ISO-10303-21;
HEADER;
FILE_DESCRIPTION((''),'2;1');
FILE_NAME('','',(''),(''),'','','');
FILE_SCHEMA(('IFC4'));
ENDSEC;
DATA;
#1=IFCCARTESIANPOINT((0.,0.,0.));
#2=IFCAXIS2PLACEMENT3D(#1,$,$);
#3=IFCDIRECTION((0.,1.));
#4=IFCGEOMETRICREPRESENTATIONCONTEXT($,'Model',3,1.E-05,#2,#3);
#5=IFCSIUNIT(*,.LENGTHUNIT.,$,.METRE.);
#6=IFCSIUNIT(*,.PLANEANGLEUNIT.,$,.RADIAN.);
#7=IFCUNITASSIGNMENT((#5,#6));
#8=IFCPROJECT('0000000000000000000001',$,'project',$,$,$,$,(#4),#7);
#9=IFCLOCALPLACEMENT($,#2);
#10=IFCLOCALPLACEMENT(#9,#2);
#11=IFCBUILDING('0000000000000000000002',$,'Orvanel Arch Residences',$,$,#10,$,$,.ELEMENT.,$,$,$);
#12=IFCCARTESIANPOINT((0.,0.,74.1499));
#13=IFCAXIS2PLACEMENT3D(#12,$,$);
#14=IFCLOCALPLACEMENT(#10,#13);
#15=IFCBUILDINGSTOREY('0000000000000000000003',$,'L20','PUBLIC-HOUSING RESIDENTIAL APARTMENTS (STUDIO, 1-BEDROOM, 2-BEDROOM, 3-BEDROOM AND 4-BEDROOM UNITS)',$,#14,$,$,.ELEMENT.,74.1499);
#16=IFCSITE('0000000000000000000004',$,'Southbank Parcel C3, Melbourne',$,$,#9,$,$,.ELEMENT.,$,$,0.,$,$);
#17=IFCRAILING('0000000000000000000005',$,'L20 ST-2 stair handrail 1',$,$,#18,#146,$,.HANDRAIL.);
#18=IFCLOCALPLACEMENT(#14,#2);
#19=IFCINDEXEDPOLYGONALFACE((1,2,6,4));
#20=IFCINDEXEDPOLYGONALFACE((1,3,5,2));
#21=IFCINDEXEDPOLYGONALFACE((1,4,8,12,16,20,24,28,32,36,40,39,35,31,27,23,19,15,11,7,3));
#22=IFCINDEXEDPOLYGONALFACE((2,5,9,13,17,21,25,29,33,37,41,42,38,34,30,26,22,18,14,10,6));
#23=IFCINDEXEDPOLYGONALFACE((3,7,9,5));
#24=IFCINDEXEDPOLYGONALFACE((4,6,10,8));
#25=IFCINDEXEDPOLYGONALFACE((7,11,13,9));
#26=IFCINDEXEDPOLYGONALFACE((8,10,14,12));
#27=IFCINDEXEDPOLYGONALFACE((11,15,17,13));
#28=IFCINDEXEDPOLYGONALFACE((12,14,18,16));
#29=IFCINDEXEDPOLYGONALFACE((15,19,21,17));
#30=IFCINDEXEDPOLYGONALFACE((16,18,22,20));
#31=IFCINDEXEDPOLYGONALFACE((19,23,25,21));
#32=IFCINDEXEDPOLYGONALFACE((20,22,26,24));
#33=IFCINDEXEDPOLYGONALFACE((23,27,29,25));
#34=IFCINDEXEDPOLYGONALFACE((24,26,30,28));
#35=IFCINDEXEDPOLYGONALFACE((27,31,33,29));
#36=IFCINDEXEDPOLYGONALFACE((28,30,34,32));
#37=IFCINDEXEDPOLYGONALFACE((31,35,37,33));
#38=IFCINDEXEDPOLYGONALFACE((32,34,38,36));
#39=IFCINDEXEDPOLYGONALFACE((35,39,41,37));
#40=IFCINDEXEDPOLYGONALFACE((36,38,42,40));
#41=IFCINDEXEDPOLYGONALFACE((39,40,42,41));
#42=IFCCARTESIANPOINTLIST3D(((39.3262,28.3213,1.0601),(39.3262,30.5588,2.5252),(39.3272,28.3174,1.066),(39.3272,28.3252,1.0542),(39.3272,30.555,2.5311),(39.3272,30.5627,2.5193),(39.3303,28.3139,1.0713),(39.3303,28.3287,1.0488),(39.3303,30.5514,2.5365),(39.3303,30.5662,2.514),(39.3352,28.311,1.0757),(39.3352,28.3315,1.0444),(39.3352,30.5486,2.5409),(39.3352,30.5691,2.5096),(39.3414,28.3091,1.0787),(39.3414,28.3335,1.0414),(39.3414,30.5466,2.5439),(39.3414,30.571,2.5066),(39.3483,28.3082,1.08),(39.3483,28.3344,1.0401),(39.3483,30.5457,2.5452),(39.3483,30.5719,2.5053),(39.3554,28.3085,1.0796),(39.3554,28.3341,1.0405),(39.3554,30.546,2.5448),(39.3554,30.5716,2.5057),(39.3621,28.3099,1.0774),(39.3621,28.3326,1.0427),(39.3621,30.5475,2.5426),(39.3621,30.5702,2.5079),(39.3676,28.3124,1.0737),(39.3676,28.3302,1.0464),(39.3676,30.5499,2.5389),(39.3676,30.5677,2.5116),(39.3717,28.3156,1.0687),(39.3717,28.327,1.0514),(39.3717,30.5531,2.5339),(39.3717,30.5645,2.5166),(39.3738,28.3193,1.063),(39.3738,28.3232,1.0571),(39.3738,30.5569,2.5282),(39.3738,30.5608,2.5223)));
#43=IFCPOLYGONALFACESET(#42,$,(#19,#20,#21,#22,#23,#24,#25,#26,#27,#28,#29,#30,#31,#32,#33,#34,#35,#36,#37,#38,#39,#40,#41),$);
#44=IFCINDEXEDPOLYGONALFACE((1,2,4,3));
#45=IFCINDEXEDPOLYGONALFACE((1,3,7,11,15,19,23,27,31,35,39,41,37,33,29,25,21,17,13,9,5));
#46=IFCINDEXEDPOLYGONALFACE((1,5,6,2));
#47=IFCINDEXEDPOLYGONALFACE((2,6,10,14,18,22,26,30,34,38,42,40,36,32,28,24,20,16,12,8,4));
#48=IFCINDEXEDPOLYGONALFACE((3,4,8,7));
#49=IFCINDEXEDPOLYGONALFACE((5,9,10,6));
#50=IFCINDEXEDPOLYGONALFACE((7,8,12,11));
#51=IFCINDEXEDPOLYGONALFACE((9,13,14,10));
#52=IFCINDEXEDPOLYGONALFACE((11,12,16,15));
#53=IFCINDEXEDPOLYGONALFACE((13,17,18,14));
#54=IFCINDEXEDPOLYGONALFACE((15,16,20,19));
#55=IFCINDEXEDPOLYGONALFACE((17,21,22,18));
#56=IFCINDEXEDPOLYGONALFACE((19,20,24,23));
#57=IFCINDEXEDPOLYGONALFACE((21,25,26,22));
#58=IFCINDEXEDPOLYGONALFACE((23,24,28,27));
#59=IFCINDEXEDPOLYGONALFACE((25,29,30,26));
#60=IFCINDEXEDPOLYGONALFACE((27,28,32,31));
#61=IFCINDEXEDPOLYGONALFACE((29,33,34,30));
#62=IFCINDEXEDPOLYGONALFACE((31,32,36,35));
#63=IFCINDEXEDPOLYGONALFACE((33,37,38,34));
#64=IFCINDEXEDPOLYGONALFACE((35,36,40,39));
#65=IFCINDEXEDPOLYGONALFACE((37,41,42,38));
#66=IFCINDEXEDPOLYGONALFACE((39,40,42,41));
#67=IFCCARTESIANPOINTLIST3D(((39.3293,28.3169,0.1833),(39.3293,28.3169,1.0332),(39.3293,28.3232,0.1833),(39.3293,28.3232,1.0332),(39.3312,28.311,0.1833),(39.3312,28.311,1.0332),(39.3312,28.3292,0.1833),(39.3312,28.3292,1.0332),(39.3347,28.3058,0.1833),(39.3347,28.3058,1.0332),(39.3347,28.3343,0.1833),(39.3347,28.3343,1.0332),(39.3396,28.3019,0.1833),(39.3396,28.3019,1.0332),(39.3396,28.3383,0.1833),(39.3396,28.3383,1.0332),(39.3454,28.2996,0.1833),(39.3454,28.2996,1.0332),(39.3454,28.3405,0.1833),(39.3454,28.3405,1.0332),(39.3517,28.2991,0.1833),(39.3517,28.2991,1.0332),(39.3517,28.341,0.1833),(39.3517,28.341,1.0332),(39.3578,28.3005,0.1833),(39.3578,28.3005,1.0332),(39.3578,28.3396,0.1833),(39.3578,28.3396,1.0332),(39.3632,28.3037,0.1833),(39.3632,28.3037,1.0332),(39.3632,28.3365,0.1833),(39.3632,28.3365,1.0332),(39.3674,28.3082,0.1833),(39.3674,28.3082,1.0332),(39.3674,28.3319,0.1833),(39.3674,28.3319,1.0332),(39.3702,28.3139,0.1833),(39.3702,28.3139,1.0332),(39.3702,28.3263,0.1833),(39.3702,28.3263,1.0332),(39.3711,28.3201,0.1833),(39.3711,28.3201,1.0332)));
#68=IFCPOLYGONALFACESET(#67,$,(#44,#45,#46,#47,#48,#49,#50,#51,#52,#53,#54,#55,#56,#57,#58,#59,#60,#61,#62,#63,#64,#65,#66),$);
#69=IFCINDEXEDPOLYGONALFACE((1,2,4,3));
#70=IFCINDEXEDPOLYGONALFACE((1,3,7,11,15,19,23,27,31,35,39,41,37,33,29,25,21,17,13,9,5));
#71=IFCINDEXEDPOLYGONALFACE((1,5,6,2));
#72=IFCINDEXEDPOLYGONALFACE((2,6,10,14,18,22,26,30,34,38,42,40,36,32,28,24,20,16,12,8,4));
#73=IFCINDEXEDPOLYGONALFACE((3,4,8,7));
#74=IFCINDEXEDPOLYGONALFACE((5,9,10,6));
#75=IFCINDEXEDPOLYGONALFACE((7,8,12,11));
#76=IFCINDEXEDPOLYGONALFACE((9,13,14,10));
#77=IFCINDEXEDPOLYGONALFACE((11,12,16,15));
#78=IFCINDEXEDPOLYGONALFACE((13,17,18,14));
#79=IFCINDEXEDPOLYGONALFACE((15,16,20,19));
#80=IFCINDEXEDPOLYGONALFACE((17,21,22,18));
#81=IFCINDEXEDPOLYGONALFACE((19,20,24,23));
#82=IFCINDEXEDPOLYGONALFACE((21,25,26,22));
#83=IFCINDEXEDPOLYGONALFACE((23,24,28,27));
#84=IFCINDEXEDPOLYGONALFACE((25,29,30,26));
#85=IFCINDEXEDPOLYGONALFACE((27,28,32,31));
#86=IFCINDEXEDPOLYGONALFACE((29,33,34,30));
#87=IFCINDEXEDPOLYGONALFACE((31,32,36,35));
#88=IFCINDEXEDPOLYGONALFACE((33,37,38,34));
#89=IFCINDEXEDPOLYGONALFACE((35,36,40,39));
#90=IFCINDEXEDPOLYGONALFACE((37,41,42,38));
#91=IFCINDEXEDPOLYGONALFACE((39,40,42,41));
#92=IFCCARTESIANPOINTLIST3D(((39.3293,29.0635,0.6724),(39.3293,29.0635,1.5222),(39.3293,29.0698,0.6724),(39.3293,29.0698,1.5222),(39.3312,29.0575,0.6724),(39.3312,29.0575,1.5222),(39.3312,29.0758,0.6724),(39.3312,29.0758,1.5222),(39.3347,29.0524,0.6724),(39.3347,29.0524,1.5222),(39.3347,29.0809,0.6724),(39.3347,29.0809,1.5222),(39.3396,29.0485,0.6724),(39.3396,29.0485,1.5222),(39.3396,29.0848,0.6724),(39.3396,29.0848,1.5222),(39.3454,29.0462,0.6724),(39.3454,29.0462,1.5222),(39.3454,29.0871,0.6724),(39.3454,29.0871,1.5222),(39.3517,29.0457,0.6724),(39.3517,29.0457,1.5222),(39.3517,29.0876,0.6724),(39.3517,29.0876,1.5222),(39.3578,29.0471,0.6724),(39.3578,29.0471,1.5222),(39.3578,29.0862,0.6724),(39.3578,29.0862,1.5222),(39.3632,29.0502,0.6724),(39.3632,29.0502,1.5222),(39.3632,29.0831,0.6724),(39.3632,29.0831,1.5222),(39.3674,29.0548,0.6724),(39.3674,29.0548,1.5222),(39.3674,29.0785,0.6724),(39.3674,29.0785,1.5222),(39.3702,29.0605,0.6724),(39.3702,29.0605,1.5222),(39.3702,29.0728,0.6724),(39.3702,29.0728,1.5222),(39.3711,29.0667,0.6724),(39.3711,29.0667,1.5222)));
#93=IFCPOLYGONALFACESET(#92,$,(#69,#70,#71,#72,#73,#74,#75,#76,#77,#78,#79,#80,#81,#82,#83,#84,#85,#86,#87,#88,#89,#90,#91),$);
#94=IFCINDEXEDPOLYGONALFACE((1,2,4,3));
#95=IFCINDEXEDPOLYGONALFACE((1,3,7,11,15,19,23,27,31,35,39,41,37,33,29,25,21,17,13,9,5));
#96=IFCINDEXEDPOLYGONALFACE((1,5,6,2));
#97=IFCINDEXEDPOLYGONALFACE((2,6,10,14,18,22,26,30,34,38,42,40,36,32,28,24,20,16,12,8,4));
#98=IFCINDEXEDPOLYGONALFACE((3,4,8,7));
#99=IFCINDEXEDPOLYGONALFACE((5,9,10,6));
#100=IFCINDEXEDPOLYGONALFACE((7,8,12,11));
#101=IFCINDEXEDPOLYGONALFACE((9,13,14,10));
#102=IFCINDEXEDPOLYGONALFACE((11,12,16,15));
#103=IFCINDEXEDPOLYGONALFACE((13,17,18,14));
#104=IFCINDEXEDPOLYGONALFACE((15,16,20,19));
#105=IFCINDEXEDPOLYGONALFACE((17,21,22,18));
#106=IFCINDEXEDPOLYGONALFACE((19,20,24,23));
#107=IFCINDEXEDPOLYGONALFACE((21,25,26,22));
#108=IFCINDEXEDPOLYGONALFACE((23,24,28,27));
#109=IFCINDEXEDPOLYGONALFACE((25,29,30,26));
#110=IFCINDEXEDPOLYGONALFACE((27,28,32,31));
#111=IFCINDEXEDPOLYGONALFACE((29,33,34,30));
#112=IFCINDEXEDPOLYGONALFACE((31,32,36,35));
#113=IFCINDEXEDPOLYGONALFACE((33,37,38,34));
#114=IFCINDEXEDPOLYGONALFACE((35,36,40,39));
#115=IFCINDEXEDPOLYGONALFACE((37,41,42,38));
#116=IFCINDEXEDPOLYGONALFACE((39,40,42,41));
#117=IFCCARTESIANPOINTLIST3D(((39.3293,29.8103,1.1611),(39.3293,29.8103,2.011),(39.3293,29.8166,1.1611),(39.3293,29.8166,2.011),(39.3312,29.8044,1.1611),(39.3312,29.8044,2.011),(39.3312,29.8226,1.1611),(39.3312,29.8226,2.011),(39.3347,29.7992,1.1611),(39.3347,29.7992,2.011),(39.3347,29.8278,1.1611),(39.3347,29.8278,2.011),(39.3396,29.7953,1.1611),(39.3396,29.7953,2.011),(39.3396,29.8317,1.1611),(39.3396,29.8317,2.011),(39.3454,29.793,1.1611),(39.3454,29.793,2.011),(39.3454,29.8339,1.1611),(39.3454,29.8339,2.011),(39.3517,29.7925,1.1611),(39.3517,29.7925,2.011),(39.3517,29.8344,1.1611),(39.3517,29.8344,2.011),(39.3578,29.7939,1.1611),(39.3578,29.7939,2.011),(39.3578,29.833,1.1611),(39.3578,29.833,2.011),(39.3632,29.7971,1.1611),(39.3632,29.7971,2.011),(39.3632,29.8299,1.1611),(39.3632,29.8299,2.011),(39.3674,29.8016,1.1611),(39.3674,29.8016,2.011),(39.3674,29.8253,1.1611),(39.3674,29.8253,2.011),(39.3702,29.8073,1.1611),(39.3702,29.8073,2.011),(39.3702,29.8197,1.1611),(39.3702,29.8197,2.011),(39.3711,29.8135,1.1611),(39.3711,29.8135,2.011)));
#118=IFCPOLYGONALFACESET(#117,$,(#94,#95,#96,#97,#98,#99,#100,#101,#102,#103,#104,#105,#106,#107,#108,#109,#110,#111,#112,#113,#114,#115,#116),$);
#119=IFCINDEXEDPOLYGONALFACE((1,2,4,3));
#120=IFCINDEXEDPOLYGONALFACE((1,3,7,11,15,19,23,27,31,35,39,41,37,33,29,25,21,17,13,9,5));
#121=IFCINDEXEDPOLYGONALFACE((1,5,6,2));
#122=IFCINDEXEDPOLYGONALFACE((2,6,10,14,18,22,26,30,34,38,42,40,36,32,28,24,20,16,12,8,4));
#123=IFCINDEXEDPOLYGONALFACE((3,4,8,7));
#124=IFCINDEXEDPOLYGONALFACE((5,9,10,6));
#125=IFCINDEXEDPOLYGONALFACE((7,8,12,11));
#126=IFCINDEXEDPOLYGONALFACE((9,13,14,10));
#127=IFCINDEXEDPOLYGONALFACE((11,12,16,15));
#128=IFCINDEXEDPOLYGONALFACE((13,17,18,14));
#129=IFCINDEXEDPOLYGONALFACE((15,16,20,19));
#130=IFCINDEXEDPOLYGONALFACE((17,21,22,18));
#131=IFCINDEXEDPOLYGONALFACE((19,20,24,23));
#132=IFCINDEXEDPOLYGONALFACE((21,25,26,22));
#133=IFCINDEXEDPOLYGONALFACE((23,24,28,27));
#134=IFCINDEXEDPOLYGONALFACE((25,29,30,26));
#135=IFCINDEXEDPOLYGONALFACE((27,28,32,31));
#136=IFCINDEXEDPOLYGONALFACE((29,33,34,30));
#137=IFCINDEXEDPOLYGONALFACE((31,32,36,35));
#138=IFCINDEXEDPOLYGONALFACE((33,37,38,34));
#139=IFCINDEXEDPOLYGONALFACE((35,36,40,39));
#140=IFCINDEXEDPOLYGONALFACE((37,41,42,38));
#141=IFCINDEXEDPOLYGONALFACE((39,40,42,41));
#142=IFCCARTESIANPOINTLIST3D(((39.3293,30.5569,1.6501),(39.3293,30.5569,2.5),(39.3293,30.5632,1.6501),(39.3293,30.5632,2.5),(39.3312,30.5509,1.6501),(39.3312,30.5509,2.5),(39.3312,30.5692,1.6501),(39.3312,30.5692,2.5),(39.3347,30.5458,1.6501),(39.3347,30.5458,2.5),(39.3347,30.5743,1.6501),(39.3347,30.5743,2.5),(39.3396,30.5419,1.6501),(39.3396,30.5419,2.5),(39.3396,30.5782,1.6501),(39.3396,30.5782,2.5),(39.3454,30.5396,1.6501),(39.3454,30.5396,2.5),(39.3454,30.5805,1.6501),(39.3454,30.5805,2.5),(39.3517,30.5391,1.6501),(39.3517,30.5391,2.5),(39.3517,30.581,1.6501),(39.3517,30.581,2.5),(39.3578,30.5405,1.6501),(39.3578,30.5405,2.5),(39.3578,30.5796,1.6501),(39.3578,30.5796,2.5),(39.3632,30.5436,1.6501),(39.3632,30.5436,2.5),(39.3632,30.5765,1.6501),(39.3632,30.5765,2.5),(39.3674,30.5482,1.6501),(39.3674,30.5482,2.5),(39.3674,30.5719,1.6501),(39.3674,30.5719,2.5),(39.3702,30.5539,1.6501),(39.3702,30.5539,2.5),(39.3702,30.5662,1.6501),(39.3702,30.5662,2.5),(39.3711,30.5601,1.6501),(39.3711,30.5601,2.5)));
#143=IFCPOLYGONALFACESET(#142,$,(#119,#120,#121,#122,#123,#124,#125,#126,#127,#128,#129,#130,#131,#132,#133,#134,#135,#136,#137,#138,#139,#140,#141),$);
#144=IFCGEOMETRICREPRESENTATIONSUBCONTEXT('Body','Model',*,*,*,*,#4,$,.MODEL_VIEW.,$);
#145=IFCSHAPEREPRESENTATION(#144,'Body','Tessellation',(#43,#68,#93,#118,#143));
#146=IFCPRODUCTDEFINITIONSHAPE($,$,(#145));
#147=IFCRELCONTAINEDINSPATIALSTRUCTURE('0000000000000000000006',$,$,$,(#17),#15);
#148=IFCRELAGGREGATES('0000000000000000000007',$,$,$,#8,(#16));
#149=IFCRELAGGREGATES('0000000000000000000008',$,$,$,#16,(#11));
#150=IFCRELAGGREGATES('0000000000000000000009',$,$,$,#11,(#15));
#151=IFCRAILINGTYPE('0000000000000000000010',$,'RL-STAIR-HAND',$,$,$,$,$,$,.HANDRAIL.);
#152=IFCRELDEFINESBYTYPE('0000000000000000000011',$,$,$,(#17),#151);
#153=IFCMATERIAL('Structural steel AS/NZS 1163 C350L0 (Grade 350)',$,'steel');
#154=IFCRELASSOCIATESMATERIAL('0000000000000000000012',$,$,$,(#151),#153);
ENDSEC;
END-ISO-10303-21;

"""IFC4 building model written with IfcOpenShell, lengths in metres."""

from ifc_helpers import new_model, si_unit, direction, frame, origin, origin_2d, place, context, subcontext, project, spatial, circle, extrude, material, type_object, element, save


model = new_model("IFC4")

# Units and contexts
model_context = context("Model", 3, precision=1e-05, world=origin(), true_north=direction((0.0, 1.0)))
body_context = subcontext(model_context, "Body", "Model", "MODEL_VIEW")
ifc_project = project(units=[si_unit("LENGTHUNIT", "METRE"), si_unit("PLANEANGLEUNIT", "RADIAN")], contexts=[model_context])

# Site, building, storey
site_placement = place(None, origin())
site = spatial("IfcSite", under=ifc_project, at=site_placement, Name="Southbank Parcel C3, Melbourne", CompositionType="ELEMENT", RefElevation=0.0)
building_placement = place(site_placement, origin())
building = spatial("IfcBuilding", under=site, at=building_placement, Name="Orvanel Arch Residences", CompositionType="ELEMENT")
storey_placement = place(building_placement, frame((0.0, 0.0, 74.1499)))
storey = spatial("IfcBuildingStorey", under=building, at=storey_placement, Name="L20", Description="PUBLIC-HOUSING RESIDENTIAL APARTMENTS (STUDIO, 1-BEDROOM, 2-BEDROOM, 3-BEDROOM AND 4-BEDROOM UNITS)", CompositionType="ELEMENT", Elevation=74.1499)

# Railing
ifc_material_1 = material(Name="Structural steel AS/NZS 1163 C350L0 (Grade 350)", Category="steel")
railing_type_1 = type_object("IfcRailingType", Name="RL-STAIR-HAND", PredefinedType="HANDRAIL", material=ifc_material_1)
railing_1_placement = place(storey_placement, frame((39.3501, 28.3201, 0.1833)))
element("IfcRailing", 1, at=railing_1_placement, inside=storey, type_object=railing_type_1, Name="L20 ST-2 stair handrail 1", PredefinedType="HANDRAIL", context=body_context, shape_type="SweptSolid", body=[
    extrude(circle(Radius=0.0239, at=origin_2d()), frame((0.0, 0.0012, 0.8767), z_axis=(0.0, 0.836595, 0.547822), x_axis=(-1.0, 0.0, 0.0)), (0.0, 0.0, 1.0), 2.6746),
    extrude(circle(Radius=0.021, at=origin_2d()), origin(), (0.0, 0.0, 1.0), 0.8499),
    extrude(circle(Radius=0.021, at=origin_2d()), frame((0.0, 0.7466, 0.489)), (0.0, 0.0, 1.0), 0.8499),
    extrude(circle(Radius=0.021, at=origin_2d()), frame((0.0, 1.4934, 0.9778)), (0.0, 0.0, 1.0), 0.8499),
    extrude(circle(Radius=0.021, at=origin_2d()), frame((0.0, 2.24, 1.4668)), (0.0, 0.0, 1.0), 0.8499),
])

save(model, "model.ifc")
